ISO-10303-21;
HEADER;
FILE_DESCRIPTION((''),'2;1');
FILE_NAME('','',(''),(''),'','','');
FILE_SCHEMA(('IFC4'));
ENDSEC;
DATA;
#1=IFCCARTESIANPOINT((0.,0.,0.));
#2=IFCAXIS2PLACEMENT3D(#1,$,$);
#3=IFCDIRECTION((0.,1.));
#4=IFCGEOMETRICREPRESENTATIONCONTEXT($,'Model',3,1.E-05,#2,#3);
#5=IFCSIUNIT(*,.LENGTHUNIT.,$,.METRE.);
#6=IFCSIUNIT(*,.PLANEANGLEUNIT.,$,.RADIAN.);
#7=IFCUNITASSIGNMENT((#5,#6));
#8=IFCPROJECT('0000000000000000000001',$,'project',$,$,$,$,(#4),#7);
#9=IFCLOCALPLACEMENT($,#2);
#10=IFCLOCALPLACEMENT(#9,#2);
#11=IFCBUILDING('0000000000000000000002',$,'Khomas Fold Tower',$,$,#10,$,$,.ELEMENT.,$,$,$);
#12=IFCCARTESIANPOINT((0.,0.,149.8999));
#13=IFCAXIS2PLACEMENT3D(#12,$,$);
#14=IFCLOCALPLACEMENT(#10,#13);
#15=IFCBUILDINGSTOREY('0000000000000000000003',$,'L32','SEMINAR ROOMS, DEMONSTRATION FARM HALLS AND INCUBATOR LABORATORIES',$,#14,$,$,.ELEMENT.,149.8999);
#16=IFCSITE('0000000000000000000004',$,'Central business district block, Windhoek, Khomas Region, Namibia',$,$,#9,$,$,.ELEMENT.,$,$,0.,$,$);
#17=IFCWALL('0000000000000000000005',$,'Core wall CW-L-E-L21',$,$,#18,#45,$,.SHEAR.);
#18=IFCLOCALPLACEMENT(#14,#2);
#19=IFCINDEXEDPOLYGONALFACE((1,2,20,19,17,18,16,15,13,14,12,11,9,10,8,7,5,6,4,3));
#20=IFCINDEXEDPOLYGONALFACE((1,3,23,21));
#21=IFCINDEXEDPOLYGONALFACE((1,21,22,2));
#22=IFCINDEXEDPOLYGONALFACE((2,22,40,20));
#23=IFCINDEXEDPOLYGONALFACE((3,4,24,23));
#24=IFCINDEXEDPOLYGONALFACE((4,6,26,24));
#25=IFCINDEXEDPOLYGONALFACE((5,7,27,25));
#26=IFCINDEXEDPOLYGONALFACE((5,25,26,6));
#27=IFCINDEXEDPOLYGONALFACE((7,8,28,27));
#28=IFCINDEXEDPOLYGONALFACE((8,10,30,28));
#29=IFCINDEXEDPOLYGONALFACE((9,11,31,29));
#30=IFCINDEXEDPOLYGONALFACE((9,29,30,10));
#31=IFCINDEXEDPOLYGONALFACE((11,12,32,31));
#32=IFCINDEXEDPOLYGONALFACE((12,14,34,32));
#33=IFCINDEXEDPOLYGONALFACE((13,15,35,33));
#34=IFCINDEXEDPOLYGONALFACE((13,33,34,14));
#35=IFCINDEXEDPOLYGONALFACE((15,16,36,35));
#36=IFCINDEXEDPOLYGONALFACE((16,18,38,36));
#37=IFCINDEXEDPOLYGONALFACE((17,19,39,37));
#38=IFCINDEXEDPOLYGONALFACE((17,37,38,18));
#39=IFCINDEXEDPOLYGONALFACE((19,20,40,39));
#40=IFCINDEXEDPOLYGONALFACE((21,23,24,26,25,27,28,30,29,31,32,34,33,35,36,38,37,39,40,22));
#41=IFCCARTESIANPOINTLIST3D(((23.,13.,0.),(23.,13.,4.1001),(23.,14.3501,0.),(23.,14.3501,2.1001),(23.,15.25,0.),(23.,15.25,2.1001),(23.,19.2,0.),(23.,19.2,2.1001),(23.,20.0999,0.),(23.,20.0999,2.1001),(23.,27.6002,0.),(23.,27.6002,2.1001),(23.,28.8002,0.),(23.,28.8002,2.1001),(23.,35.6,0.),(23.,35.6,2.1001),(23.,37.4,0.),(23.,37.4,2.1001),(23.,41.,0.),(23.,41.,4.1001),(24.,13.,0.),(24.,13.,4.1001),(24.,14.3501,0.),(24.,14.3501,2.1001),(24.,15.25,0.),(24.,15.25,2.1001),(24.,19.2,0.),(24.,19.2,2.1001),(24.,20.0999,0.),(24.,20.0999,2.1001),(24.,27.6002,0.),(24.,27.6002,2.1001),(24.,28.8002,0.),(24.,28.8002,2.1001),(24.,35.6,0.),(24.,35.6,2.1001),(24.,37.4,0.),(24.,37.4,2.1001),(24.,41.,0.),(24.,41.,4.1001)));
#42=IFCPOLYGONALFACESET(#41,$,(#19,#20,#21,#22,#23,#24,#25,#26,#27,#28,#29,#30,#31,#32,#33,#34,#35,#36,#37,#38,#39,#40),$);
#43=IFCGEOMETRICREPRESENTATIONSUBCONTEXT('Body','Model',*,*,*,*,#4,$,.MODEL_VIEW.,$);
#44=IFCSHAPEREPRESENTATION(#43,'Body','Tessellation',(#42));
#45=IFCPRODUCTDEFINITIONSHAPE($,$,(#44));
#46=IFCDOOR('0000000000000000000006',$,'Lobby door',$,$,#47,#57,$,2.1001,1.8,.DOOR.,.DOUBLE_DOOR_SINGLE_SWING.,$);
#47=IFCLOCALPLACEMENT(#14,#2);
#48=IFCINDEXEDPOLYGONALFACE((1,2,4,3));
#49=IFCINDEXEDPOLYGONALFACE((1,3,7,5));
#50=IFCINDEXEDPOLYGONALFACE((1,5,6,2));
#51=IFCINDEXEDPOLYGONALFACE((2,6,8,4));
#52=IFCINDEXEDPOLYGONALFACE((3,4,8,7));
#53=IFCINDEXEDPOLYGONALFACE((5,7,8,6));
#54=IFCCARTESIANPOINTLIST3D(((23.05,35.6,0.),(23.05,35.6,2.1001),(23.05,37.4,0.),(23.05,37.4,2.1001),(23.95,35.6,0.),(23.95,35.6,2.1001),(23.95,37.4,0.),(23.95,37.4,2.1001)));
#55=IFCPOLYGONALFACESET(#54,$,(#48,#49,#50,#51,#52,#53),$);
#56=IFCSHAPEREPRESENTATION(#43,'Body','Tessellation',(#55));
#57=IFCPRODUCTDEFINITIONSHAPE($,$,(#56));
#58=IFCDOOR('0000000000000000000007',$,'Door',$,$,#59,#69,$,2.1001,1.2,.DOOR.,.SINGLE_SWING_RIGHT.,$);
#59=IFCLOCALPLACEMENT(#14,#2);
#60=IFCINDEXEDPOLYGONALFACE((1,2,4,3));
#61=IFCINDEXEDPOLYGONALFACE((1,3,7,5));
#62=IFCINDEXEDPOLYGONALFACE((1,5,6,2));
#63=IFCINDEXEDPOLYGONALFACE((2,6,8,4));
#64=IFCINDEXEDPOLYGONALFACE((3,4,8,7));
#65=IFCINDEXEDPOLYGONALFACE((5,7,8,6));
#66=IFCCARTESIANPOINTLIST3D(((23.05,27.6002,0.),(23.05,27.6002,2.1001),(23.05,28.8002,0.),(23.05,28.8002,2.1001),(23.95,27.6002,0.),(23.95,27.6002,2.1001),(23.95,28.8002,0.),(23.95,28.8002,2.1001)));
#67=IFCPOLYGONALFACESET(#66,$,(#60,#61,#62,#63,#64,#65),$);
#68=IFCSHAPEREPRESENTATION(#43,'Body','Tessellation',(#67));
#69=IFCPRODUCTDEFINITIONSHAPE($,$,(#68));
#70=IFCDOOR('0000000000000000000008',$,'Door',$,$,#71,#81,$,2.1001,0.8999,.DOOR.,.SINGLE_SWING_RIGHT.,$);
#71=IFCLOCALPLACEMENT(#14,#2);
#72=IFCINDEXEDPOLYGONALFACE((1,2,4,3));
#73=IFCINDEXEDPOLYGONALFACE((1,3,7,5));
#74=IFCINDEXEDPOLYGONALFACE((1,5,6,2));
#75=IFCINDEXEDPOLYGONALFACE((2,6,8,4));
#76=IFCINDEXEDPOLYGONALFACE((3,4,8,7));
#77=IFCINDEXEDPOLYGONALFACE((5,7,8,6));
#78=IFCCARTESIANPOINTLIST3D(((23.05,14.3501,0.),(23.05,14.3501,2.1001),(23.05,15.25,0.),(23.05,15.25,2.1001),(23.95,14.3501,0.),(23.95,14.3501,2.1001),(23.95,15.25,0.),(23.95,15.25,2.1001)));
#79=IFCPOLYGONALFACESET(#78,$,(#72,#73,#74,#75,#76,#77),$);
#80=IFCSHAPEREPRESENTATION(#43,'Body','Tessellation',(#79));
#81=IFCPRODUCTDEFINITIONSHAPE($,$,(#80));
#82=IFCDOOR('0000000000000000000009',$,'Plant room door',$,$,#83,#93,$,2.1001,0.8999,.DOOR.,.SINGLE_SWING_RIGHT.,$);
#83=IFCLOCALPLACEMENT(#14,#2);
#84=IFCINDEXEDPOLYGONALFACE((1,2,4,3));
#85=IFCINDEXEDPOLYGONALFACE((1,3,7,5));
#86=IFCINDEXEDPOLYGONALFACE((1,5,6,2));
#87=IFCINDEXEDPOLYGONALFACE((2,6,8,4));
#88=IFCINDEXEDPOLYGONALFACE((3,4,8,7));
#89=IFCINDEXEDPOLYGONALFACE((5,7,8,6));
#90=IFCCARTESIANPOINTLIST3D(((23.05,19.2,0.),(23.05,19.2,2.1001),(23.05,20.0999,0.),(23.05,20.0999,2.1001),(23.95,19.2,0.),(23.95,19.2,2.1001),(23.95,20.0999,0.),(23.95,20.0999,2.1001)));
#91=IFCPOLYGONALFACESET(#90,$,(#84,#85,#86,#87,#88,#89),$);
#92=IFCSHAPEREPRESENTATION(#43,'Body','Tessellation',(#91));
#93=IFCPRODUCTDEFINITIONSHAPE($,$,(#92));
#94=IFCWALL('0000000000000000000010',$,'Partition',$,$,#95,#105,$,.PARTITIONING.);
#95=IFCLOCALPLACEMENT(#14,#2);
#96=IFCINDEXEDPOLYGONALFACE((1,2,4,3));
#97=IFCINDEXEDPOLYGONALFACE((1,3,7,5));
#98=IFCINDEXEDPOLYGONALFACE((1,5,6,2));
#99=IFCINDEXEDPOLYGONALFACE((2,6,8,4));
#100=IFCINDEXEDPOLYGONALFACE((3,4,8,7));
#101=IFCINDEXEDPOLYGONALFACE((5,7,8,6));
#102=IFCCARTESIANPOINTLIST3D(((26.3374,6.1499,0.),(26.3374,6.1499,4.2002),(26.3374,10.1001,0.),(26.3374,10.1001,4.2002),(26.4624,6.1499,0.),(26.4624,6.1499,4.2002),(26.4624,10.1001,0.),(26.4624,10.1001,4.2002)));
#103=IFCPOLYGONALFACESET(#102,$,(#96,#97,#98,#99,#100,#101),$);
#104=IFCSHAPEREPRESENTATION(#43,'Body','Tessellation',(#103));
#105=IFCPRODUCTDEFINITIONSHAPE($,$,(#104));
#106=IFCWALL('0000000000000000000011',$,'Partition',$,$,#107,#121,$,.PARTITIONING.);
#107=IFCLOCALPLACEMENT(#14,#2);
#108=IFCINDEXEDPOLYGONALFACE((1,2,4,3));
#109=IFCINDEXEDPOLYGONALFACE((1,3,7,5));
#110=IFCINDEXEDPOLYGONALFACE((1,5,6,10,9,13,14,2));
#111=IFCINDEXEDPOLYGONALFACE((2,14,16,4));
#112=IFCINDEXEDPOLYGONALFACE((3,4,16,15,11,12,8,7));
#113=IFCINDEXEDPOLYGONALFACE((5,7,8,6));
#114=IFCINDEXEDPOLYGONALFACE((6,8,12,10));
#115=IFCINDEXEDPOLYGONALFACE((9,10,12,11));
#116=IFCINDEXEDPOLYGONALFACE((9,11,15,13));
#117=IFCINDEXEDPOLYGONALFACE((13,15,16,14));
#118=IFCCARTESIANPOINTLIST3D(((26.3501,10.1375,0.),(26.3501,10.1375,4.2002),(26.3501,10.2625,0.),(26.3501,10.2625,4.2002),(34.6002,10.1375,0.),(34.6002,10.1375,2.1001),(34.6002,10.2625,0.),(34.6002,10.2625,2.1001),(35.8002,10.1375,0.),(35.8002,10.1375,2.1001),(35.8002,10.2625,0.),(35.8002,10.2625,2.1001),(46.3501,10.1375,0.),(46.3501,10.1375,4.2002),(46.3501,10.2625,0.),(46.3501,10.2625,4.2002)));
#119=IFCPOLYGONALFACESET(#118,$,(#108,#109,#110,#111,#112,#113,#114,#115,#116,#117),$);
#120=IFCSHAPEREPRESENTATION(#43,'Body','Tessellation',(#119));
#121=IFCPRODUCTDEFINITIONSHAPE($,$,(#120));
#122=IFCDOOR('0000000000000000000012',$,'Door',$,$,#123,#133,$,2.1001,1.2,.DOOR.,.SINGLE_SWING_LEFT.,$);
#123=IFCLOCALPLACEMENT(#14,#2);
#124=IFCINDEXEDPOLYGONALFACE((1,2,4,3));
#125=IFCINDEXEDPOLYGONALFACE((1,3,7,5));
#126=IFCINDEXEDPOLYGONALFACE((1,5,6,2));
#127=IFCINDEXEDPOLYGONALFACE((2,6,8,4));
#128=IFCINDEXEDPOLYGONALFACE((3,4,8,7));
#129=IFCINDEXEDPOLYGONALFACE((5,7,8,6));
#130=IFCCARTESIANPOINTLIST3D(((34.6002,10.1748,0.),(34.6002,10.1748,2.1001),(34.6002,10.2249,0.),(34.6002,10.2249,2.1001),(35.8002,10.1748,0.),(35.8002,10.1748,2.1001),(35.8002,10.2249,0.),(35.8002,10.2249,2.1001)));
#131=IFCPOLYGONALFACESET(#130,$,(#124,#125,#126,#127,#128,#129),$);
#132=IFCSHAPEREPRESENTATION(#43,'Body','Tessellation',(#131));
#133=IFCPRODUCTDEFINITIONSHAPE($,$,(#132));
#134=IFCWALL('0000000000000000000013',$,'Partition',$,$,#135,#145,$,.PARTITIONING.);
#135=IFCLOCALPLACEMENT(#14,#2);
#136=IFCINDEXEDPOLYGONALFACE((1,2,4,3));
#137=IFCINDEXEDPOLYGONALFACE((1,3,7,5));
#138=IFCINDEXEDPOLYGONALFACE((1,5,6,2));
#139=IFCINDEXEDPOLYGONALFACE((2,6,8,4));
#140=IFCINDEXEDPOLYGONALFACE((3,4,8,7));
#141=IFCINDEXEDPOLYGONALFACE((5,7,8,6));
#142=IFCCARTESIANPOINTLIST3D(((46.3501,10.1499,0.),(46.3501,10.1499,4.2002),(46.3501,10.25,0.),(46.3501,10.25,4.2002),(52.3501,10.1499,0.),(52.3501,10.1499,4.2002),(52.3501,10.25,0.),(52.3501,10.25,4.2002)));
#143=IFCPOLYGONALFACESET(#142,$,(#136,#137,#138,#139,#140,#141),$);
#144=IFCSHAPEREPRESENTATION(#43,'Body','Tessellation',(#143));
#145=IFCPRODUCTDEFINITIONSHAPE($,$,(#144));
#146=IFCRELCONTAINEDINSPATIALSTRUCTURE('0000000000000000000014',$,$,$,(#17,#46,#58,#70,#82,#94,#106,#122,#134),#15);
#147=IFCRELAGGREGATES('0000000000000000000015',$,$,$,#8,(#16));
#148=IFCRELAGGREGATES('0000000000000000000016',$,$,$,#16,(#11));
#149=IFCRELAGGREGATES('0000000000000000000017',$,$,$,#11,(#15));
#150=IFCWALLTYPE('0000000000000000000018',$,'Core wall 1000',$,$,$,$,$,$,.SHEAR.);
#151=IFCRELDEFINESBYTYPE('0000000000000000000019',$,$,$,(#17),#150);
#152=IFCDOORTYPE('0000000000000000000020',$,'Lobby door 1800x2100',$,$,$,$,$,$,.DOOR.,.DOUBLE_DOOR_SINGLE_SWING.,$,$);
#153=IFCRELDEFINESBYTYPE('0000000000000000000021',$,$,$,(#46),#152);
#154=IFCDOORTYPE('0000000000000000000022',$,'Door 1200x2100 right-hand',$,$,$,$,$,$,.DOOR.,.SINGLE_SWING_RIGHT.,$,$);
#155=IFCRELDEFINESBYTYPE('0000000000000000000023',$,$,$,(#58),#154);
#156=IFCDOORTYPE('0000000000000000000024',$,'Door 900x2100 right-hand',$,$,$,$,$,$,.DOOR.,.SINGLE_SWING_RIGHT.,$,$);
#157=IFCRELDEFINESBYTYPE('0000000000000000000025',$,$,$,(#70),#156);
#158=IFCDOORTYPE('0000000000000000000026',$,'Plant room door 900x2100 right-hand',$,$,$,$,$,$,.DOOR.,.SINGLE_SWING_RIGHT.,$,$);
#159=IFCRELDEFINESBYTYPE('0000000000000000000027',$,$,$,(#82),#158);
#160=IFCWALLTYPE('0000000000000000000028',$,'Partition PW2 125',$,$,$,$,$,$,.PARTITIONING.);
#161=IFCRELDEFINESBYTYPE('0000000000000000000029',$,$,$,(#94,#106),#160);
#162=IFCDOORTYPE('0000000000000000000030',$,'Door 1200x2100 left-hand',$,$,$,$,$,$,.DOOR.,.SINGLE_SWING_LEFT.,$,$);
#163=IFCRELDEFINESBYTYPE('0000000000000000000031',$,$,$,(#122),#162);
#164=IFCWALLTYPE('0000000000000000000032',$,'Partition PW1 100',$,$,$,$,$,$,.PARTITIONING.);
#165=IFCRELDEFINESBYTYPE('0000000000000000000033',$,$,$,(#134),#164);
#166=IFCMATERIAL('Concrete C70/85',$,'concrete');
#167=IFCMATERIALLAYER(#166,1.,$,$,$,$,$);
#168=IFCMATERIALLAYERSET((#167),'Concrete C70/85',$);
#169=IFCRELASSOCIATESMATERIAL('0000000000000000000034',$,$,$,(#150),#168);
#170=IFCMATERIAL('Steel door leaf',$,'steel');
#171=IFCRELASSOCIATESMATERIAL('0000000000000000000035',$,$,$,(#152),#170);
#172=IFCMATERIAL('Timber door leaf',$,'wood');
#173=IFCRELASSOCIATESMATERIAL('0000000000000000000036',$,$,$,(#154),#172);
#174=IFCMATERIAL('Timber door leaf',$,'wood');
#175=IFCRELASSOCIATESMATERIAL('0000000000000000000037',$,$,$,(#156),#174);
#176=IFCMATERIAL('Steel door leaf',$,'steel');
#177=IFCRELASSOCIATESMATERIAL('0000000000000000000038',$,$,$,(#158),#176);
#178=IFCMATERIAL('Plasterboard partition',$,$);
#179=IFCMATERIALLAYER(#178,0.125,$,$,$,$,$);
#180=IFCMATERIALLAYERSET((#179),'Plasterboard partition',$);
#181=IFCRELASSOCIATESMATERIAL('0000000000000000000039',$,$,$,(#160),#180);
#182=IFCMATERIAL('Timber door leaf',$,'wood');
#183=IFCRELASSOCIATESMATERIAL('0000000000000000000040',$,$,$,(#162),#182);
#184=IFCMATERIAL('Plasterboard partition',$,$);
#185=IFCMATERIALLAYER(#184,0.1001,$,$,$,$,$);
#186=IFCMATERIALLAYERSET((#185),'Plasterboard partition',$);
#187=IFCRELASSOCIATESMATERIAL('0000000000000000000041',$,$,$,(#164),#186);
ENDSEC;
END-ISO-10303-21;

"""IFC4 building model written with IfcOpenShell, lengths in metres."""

from ifc_helpers import new_model, si_unit, direction, frame, frame_2d, origin, place, context, subcontext, project, spatial, rectangle, extrude, source, transform, mapped, material, layer, layer_set, type_object, element, fill, save


model = new_model("IFC4")

# Units and contexts
model_context = context("Model", 3, precision=1e-05, world=origin(), true_north=direction((0.0, 1.0)))
body_context = subcontext(model_context, "Body", "Model", "MODEL_VIEW")
ifc_project = project(units=[si_unit("LENGTHUNIT", "METRE"), si_unit("PLANEANGLEUNIT", "RADIAN")], contexts=[model_context])

# Site, building, storey
site_placement = place(None, origin())
site = spatial("IfcSite", under=ifc_project, at=site_placement, Name="Central business district block, Windhoek, Khomas Region, Namibia", CompositionType="ELEMENT", RefElevation=0.0)
building_placement = place(site_placement, origin())
building = spatial("IfcBuilding", under=site, at=building_placement, Name="Khomas Fold Tower", CompositionType="ELEMENT")
storey_placement = place(building_placement, frame((0.0, 0.0, 149.8999)))
storey = spatial("IfcBuildingStorey", under=building, at=storey_placement, Name="L32", Description="SEMINAR ROOMS, DEMONSTRATION FARM HALLS AND INCUBATOR LABORATORIES", CompositionType="ELEMENT", Elevation=149.8999)

# Wall, openings, doors
ifc_material_1 = material(Name="Concrete C70/85", Category="concrete")
ifc_layer_1 = layer(ifc_material_1, 1.0)
ifc_layer_set_1 = layer_set([ifc_layer_1], Name="Concrete C70/85")
wall_type_1 = type_object("IfcWallType", Name="Core wall 1000", PredefinedType="SHEAR", material=ifc_layer_set_1)
shared_shape_1 = source(origin(), body_context, "Body", "SweptSolid", [
    extrude(rectangle(XDim=28.0, YDim=1.0, at=frame_2d((14.0, 0.0))), origin(), (0.0, 0.0, 1.0), 4.1001),
])
wall_1_placement = place(storey_placement, frame((23.5, 13.0, 0.0), z_axis=(0.0, 0.0, 1.0), x_axis=(0.0, 1.0, 0.0)))
wall_1 = element("IfcWall", 1, at=wall_1_placement, inside=storey, type_object=wall_type_1, Name="Core wall CW-L-E-L21", PredefinedType="SHEAR", context=body_context, shape_type="MappedRepresentation", body=[
    mapped(shared_shape_1, transform((0.0, 0.0, 0.0))),
])
shared_shape_2 = source(origin(), body_context, "Body", "SweptSolid", [
    extrude(rectangle(XDim=1.8, YDim=2.1001, at=frame_2d((0.8999, 1.05))), frame((0.0, 0.51, 0.0), z_axis=(0.0, -1.0, 0.0), x_axis=(1.0, 0.0, 0.0)), (0.0, 0.0, 1.0), 1.02),
])
opening_1_placement = place(wall_1_placement, frame((22.6001, 0.0, 0.0)))
opening_1 = element("IfcOpeningElement", 2, at=opening_1_placement, cuts=wall_1, PredefinedType="OPENING", context=body_context, shape_type="MappedRepresentation", body=[
    mapped(shared_shape_2, transform((0.0, 0.0, 0.0))),
])
shared_shape_3 = source(origin(), body_context, "Body", "SweptSolid", [
    extrude(rectangle(XDim=1.2, YDim=2.1001, at=frame_2d((0.6001, 1.05))), frame((0.0, 0.51, 0.0), z_axis=(0.0, -1.0, 0.0), x_axis=(1.0, 0.0, 0.0)), (0.0, 0.0, 1.0), 1.02),
])
opening_2_placement = place(wall_1_placement, frame((14.6001, 0.0, 0.0)))
opening_2 = element("IfcOpeningElement", 3, at=opening_2_placement, cuts=wall_1, PredefinedType="OPENING", context=body_context, shape_type="MappedRepresentation", body=[
    mapped(shared_shape_3, transform((0.0, 0.0, 0.0))),
])
shared_shape_4 = source(origin(), body_context, "Body", "SweptSolid", [
    extrude(rectangle(XDim=0.8999, YDim=2.1001, at=frame_2d((0.45, 1.05))), frame((0.0, 0.51, 0.0), z_axis=(0.0, -1.0, 0.0), x_axis=(1.0, 0.0, 0.0)), (0.0, 0.0, 1.0), 1.02),
])
opening_3_placement = place(wall_1_placement, frame((1.3501, 0.0, 0.0)))
opening_3 = element("IfcOpeningElement", 4, at=opening_3_placement, cuts=wall_1, PredefinedType="OPENING", context=body_context, shape_type="MappedRepresentation", body=[
    mapped(shared_shape_4, transform((0.0, 0.0, 0.0))),
])
opening_4_placement = place(wall_1_placement, frame((6.2, 0.0, 0.0)))
opening_4 = element("IfcOpeningElement", 5, at=opening_4_placement, cuts=wall_1, PredefinedType="OPENING", context=body_context, shape_type="MappedRepresentation", body=[
    mapped(shared_shape_4, transform((0.0, 0.0, 0.0))),
])
ifc_material_2 = material(Name="Steel door leaf", Category="steel")
door_type_1 = type_object("IfcDoorType", Name="Lobby door 1800x2100", OperationType="DOUBLE_DOOR_SINGLE_SWING", PredefinedType="DOOR", material=ifc_material_2)
shared_shape_5 = source(origin(), body_context, "Body", "SweptSolid", [
    extrude(rectangle(XDim=1.8, YDim=2.1001, at=frame_2d((0.8999, 1.05))), frame((0.0, 0.45, 0.0), z_axis=(0.0, -1.0, 0.0), x_axis=(1.0, 0.0, 0.0)), (0.0, 0.0, 1.0), 0.8999),
])
door_1_placement = place(opening_1_placement, origin())
door_1 = element("IfcDoor", 6, at=door_1_placement, inside=storey, type_object=door_type_1, Name="Lobby door", OperationType="DOUBLE_DOOR_SINGLE_SWING", OverallHeight=2.1001, OverallWidth=1.8, PredefinedType="DOOR", context=body_context, shape_type="MappedRepresentation", body=[
    mapped(shared_shape_5, transform((0.0, 0.0, 0.0))),
])
fill(opening_1, door_1)
ifc_material_3 = material(Name="Timber door leaf", Category="wood")
door_type_2 = type_object("IfcDoorType", Name="Door 1200x2100 right-hand", OperationType="SINGLE_SWING_RIGHT", PredefinedType="DOOR", material=ifc_material_3)
shared_shape_6 = source(origin(), body_context, "Body", "SweptSolid", [
    extrude(rectangle(XDim=1.2, YDim=2.1001, at=frame_2d((0.6001, 1.05))), frame((0.0, 0.45, 0.0), z_axis=(0.0, -1.0, 0.0), x_axis=(1.0, 0.0, 0.0)), (0.0, 0.0, 1.0), 0.8999),
])
door_2_placement = place(opening_2_placement, origin())
door_2 = element("IfcDoor", 7, at=door_2_placement, inside=storey, type_object=door_type_2, Name="Door", OperationType="SINGLE_SWING_RIGHT", OverallHeight=2.1001, OverallWidth=1.2, PredefinedType="DOOR", context=body_context, shape_type="MappedRepresentation", body=[
    mapped(shared_shape_6, transform((0.0, 0.0, 0.0))),
])
fill(opening_2, door_2)
ifc_material_4 = material(Name="Timber door leaf", Category="wood")
door_type_3 = type_object("IfcDoorType", Name="Door 900x2100 right-hand", OperationType="SINGLE_SWING_RIGHT", PredefinedType="DOOR", material=ifc_material_4)
shared_shape_7 = source(origin(), body_context, "Body", "SweptSolid", [
    extrude(rectangle(XDim=0.8999, YDim=2.1001, at=frame_2d((0.45, 1.05))), frame((0.0, 0.45, 0.0), z_axis=(0.0, -1.0, 0.0), x_axis=(1.0, 0.0, 0.0)), (0.0, 0.0, 1.0), 0.8999),
])
door_3_placement = place(opening_3_placement, origin())
door_3 = element("IfcDoor", 8, at=door_3_placement, inside=storey, type_object=door_type_3, Name="Door", OperationType="SINGLE_SWING_RIGHT", OverallHeight=2.1001, OverallWidth=0.8999, PredefinedType="DOOR", context=body_context, shape_type="MappedRepresentation", body=[
    mapped(shared_shape_7, transform((0.0, 0.0, 0.0))),
])
fill(opening_3, door_3)
ifc_material_5 = material(Name="Steel door leaf", Category="steel")
door_type_4 = type_object("IfcDoorType", Name="Plant room door 900x2100 right-hand", OperationType="SINGLE_SWING_RIGHT", PredefinedType="DOOR", material=ifc_material_5)
door_4_placement = place(opening_4_placement, origin())
door_4 = element("IfcDoor", 9, at=door_4_placement, inside=storey, type_object=door_type_4, Name="Plant room door", OperationType="SINGLE_SWING_RIGHT", OverallHeight=2.1001, OverallWidth=0.8999, PredefinedType="DOOR", context=body_context, shape_type="MappedRepresentation", body=[
    mapped(shared_shape_7, transform((0.0, 0.0, 0.0))),
])
fill(opening_4, door_4)

# Wall
ifc_material_6 = material(Name="Plasterboard partition")
ifc_layer_2 = layer(ifc_material_6, 0.125)
ifc_layer_set_2 = layer_set([ifc_layer_2], Name="Plasterboard partition")
wall_type_2 = type_object("IfcWallType", Name="Partition PW2 125", PredefinedType="PARTITIONING", material=ifc_layer_set_2)
shared_shape_8 = source(origin(), body_context, "Body", "SweptSolid", [
    extrude(rectangle(XDim=3.9502, YDim=0.125, at=frame_2d((1.9751, 0.0))), origin(), (0.0, 0.0, 1.0), 4.2002),
])
wall_2_placement = place(storey_placement, frame((26.3999, 6.1499, 0.0), z_axis=(0.0, 0.0, 1.0), x_axis=(0.0, 1.0, 0.0)))
element("IfcWall", 10, at=wall_2_placement, inside=storey, type_object=wall_type_2, Name="Partition", PredefinedType="PARTITIONING", context=body_context, shape_type="MappedRepresentation", body=[
    mapped(shared_shape_8, transform((0.0, 0.0, 0.0))),
])

# Wall, opening, door
shared_shape_9 = source(origin(), body_context, "Body", "SweptSolid", [
    extrude(rectangle(XDim=20.0, YDim=0.125, at=frame_2d((10.0, 0.0))), origin(), (0.0, 0.0, 1.0), 4.2002),
])
wall_3_placement = place(storey_placement, frame((26.3501, 10.2, 0.0), z_axis=(0.0, 0.0, 1.0), x_axis=(1.0, 0.0, 0.0)))
wall_3 = element("IfcWall", 11, at=wall_3_placement, inside=storey, type_object=wall_type_2, Name="Partition", PredefinedType="PARTITIONING", context=body_context, shape_type="MappedRepresentation", body=[
    mapped(shared_shape_9, transform((0.0, 0.0, 0.0))),
])
shared_shape_10 = source(origin(), body_context, "Body", "SweptSolid", [
    extrude(rectangle(XDim=1.2, YDim=2.1001, at=frame_2d((0.6001, 1.05))), frame((0.0, 0.0725, 0.0), z_axis=(0.0, -1.0, 0.0), x_axis=(1.0, 0.0, 0.0)), (0.0, 0.0, 1.0), 0.145),
])
opening_5_placement = place(wall_3_placement, frame((8.25, 0.0, 0.0)))
opening_5 = element("IfcOpeningElement", 12, at=opening_5_placement, cuts=wall_3, PredefinedType="OPENING", context=body_context, shape_type="MappedRepresentation", body=[
    mapped(shared_shape_10, transform((0.0, 0.0, 0.0))),
])
ifc_material_7 = material(Name="Timber door leaf", Category="wood")
door_type_5 = type_object("IfcDoorType", Name="Door 1200x2100 left-hand", OperationType="SINGLE_SWING_LEFT", PredefinedType="DOOR", material=ifc_material_7)
shared_shape_11 = source(origin(), body_context, "Body", "SweptSolid", [
    extrude(rectangle(XDim=1.2, YDim=2.1001, at=frame_2d((0.6001, 1.05))), frame((0.0, 0.0249, 0.0), z_axis=(0.0, -1.0, 0.0), x_axis=(1.0, 0.0, 0.0)), (0.0, 0.0, 1.0), 0.05),
])
door_5_placement = place(opening_5_placement, origin())
door_5 = element("IfcDoor", 13, at=door_5_placement, inside=storey, type_object=door_type_5, Name="Door", OperationType="SINGLE_SWING_LEFT", OverallHeight=2.1001, OverallWidth=1.2, PredefinedType="DOOR", context=body_context, shape_type="MappedRepresentation", body=[
    mapped(shared_shape_11, transform((0.0, 0.0, 0.0))),
])
fill(opening_5, door_5)

# Wall
ifc_material_8 = material(Name="Plasterboard partition")
ifc_layer_3 = layer(ifc_material_8, 0.1001)
ifc_layer_set_3 = layer_set([ifc_layer_3], Name="Plasterboard partition")
wall_type_3 = type_object("IfcWallType", Name="Partition PW1 100", PredefinedType="PARTITIONING", material=ifc_layer_set_3)
shared_shape_12 = source(origin(), body_context, "Body", "SweptSolid", [
    extrude(rectangle(XDim=6.0, YDim=0.1001, at=frame_2d((3.0, 0.0))), origin(), (0.0, 0.0, 1.0), 4.2002),
])
wall_4_placement = place(storey_placement, frame((46.3501, 10.2, 0.0), z_axis=(0.0, 0.0, 1.0), x_axis=(1.0, 0.0, 0.0)))
element("IfcWall", 14, at=wall_4_placement, inside=storey, type_object=wall_type_3, Name="Partition", PredefinedType="PARTITIONING", context=body_context, shape_type="MappedRepresentation", body=[
    mapped(shared_shape_12, transform((0.0, 0.0, 0.0))),
])

save(model, "model.ifc")
